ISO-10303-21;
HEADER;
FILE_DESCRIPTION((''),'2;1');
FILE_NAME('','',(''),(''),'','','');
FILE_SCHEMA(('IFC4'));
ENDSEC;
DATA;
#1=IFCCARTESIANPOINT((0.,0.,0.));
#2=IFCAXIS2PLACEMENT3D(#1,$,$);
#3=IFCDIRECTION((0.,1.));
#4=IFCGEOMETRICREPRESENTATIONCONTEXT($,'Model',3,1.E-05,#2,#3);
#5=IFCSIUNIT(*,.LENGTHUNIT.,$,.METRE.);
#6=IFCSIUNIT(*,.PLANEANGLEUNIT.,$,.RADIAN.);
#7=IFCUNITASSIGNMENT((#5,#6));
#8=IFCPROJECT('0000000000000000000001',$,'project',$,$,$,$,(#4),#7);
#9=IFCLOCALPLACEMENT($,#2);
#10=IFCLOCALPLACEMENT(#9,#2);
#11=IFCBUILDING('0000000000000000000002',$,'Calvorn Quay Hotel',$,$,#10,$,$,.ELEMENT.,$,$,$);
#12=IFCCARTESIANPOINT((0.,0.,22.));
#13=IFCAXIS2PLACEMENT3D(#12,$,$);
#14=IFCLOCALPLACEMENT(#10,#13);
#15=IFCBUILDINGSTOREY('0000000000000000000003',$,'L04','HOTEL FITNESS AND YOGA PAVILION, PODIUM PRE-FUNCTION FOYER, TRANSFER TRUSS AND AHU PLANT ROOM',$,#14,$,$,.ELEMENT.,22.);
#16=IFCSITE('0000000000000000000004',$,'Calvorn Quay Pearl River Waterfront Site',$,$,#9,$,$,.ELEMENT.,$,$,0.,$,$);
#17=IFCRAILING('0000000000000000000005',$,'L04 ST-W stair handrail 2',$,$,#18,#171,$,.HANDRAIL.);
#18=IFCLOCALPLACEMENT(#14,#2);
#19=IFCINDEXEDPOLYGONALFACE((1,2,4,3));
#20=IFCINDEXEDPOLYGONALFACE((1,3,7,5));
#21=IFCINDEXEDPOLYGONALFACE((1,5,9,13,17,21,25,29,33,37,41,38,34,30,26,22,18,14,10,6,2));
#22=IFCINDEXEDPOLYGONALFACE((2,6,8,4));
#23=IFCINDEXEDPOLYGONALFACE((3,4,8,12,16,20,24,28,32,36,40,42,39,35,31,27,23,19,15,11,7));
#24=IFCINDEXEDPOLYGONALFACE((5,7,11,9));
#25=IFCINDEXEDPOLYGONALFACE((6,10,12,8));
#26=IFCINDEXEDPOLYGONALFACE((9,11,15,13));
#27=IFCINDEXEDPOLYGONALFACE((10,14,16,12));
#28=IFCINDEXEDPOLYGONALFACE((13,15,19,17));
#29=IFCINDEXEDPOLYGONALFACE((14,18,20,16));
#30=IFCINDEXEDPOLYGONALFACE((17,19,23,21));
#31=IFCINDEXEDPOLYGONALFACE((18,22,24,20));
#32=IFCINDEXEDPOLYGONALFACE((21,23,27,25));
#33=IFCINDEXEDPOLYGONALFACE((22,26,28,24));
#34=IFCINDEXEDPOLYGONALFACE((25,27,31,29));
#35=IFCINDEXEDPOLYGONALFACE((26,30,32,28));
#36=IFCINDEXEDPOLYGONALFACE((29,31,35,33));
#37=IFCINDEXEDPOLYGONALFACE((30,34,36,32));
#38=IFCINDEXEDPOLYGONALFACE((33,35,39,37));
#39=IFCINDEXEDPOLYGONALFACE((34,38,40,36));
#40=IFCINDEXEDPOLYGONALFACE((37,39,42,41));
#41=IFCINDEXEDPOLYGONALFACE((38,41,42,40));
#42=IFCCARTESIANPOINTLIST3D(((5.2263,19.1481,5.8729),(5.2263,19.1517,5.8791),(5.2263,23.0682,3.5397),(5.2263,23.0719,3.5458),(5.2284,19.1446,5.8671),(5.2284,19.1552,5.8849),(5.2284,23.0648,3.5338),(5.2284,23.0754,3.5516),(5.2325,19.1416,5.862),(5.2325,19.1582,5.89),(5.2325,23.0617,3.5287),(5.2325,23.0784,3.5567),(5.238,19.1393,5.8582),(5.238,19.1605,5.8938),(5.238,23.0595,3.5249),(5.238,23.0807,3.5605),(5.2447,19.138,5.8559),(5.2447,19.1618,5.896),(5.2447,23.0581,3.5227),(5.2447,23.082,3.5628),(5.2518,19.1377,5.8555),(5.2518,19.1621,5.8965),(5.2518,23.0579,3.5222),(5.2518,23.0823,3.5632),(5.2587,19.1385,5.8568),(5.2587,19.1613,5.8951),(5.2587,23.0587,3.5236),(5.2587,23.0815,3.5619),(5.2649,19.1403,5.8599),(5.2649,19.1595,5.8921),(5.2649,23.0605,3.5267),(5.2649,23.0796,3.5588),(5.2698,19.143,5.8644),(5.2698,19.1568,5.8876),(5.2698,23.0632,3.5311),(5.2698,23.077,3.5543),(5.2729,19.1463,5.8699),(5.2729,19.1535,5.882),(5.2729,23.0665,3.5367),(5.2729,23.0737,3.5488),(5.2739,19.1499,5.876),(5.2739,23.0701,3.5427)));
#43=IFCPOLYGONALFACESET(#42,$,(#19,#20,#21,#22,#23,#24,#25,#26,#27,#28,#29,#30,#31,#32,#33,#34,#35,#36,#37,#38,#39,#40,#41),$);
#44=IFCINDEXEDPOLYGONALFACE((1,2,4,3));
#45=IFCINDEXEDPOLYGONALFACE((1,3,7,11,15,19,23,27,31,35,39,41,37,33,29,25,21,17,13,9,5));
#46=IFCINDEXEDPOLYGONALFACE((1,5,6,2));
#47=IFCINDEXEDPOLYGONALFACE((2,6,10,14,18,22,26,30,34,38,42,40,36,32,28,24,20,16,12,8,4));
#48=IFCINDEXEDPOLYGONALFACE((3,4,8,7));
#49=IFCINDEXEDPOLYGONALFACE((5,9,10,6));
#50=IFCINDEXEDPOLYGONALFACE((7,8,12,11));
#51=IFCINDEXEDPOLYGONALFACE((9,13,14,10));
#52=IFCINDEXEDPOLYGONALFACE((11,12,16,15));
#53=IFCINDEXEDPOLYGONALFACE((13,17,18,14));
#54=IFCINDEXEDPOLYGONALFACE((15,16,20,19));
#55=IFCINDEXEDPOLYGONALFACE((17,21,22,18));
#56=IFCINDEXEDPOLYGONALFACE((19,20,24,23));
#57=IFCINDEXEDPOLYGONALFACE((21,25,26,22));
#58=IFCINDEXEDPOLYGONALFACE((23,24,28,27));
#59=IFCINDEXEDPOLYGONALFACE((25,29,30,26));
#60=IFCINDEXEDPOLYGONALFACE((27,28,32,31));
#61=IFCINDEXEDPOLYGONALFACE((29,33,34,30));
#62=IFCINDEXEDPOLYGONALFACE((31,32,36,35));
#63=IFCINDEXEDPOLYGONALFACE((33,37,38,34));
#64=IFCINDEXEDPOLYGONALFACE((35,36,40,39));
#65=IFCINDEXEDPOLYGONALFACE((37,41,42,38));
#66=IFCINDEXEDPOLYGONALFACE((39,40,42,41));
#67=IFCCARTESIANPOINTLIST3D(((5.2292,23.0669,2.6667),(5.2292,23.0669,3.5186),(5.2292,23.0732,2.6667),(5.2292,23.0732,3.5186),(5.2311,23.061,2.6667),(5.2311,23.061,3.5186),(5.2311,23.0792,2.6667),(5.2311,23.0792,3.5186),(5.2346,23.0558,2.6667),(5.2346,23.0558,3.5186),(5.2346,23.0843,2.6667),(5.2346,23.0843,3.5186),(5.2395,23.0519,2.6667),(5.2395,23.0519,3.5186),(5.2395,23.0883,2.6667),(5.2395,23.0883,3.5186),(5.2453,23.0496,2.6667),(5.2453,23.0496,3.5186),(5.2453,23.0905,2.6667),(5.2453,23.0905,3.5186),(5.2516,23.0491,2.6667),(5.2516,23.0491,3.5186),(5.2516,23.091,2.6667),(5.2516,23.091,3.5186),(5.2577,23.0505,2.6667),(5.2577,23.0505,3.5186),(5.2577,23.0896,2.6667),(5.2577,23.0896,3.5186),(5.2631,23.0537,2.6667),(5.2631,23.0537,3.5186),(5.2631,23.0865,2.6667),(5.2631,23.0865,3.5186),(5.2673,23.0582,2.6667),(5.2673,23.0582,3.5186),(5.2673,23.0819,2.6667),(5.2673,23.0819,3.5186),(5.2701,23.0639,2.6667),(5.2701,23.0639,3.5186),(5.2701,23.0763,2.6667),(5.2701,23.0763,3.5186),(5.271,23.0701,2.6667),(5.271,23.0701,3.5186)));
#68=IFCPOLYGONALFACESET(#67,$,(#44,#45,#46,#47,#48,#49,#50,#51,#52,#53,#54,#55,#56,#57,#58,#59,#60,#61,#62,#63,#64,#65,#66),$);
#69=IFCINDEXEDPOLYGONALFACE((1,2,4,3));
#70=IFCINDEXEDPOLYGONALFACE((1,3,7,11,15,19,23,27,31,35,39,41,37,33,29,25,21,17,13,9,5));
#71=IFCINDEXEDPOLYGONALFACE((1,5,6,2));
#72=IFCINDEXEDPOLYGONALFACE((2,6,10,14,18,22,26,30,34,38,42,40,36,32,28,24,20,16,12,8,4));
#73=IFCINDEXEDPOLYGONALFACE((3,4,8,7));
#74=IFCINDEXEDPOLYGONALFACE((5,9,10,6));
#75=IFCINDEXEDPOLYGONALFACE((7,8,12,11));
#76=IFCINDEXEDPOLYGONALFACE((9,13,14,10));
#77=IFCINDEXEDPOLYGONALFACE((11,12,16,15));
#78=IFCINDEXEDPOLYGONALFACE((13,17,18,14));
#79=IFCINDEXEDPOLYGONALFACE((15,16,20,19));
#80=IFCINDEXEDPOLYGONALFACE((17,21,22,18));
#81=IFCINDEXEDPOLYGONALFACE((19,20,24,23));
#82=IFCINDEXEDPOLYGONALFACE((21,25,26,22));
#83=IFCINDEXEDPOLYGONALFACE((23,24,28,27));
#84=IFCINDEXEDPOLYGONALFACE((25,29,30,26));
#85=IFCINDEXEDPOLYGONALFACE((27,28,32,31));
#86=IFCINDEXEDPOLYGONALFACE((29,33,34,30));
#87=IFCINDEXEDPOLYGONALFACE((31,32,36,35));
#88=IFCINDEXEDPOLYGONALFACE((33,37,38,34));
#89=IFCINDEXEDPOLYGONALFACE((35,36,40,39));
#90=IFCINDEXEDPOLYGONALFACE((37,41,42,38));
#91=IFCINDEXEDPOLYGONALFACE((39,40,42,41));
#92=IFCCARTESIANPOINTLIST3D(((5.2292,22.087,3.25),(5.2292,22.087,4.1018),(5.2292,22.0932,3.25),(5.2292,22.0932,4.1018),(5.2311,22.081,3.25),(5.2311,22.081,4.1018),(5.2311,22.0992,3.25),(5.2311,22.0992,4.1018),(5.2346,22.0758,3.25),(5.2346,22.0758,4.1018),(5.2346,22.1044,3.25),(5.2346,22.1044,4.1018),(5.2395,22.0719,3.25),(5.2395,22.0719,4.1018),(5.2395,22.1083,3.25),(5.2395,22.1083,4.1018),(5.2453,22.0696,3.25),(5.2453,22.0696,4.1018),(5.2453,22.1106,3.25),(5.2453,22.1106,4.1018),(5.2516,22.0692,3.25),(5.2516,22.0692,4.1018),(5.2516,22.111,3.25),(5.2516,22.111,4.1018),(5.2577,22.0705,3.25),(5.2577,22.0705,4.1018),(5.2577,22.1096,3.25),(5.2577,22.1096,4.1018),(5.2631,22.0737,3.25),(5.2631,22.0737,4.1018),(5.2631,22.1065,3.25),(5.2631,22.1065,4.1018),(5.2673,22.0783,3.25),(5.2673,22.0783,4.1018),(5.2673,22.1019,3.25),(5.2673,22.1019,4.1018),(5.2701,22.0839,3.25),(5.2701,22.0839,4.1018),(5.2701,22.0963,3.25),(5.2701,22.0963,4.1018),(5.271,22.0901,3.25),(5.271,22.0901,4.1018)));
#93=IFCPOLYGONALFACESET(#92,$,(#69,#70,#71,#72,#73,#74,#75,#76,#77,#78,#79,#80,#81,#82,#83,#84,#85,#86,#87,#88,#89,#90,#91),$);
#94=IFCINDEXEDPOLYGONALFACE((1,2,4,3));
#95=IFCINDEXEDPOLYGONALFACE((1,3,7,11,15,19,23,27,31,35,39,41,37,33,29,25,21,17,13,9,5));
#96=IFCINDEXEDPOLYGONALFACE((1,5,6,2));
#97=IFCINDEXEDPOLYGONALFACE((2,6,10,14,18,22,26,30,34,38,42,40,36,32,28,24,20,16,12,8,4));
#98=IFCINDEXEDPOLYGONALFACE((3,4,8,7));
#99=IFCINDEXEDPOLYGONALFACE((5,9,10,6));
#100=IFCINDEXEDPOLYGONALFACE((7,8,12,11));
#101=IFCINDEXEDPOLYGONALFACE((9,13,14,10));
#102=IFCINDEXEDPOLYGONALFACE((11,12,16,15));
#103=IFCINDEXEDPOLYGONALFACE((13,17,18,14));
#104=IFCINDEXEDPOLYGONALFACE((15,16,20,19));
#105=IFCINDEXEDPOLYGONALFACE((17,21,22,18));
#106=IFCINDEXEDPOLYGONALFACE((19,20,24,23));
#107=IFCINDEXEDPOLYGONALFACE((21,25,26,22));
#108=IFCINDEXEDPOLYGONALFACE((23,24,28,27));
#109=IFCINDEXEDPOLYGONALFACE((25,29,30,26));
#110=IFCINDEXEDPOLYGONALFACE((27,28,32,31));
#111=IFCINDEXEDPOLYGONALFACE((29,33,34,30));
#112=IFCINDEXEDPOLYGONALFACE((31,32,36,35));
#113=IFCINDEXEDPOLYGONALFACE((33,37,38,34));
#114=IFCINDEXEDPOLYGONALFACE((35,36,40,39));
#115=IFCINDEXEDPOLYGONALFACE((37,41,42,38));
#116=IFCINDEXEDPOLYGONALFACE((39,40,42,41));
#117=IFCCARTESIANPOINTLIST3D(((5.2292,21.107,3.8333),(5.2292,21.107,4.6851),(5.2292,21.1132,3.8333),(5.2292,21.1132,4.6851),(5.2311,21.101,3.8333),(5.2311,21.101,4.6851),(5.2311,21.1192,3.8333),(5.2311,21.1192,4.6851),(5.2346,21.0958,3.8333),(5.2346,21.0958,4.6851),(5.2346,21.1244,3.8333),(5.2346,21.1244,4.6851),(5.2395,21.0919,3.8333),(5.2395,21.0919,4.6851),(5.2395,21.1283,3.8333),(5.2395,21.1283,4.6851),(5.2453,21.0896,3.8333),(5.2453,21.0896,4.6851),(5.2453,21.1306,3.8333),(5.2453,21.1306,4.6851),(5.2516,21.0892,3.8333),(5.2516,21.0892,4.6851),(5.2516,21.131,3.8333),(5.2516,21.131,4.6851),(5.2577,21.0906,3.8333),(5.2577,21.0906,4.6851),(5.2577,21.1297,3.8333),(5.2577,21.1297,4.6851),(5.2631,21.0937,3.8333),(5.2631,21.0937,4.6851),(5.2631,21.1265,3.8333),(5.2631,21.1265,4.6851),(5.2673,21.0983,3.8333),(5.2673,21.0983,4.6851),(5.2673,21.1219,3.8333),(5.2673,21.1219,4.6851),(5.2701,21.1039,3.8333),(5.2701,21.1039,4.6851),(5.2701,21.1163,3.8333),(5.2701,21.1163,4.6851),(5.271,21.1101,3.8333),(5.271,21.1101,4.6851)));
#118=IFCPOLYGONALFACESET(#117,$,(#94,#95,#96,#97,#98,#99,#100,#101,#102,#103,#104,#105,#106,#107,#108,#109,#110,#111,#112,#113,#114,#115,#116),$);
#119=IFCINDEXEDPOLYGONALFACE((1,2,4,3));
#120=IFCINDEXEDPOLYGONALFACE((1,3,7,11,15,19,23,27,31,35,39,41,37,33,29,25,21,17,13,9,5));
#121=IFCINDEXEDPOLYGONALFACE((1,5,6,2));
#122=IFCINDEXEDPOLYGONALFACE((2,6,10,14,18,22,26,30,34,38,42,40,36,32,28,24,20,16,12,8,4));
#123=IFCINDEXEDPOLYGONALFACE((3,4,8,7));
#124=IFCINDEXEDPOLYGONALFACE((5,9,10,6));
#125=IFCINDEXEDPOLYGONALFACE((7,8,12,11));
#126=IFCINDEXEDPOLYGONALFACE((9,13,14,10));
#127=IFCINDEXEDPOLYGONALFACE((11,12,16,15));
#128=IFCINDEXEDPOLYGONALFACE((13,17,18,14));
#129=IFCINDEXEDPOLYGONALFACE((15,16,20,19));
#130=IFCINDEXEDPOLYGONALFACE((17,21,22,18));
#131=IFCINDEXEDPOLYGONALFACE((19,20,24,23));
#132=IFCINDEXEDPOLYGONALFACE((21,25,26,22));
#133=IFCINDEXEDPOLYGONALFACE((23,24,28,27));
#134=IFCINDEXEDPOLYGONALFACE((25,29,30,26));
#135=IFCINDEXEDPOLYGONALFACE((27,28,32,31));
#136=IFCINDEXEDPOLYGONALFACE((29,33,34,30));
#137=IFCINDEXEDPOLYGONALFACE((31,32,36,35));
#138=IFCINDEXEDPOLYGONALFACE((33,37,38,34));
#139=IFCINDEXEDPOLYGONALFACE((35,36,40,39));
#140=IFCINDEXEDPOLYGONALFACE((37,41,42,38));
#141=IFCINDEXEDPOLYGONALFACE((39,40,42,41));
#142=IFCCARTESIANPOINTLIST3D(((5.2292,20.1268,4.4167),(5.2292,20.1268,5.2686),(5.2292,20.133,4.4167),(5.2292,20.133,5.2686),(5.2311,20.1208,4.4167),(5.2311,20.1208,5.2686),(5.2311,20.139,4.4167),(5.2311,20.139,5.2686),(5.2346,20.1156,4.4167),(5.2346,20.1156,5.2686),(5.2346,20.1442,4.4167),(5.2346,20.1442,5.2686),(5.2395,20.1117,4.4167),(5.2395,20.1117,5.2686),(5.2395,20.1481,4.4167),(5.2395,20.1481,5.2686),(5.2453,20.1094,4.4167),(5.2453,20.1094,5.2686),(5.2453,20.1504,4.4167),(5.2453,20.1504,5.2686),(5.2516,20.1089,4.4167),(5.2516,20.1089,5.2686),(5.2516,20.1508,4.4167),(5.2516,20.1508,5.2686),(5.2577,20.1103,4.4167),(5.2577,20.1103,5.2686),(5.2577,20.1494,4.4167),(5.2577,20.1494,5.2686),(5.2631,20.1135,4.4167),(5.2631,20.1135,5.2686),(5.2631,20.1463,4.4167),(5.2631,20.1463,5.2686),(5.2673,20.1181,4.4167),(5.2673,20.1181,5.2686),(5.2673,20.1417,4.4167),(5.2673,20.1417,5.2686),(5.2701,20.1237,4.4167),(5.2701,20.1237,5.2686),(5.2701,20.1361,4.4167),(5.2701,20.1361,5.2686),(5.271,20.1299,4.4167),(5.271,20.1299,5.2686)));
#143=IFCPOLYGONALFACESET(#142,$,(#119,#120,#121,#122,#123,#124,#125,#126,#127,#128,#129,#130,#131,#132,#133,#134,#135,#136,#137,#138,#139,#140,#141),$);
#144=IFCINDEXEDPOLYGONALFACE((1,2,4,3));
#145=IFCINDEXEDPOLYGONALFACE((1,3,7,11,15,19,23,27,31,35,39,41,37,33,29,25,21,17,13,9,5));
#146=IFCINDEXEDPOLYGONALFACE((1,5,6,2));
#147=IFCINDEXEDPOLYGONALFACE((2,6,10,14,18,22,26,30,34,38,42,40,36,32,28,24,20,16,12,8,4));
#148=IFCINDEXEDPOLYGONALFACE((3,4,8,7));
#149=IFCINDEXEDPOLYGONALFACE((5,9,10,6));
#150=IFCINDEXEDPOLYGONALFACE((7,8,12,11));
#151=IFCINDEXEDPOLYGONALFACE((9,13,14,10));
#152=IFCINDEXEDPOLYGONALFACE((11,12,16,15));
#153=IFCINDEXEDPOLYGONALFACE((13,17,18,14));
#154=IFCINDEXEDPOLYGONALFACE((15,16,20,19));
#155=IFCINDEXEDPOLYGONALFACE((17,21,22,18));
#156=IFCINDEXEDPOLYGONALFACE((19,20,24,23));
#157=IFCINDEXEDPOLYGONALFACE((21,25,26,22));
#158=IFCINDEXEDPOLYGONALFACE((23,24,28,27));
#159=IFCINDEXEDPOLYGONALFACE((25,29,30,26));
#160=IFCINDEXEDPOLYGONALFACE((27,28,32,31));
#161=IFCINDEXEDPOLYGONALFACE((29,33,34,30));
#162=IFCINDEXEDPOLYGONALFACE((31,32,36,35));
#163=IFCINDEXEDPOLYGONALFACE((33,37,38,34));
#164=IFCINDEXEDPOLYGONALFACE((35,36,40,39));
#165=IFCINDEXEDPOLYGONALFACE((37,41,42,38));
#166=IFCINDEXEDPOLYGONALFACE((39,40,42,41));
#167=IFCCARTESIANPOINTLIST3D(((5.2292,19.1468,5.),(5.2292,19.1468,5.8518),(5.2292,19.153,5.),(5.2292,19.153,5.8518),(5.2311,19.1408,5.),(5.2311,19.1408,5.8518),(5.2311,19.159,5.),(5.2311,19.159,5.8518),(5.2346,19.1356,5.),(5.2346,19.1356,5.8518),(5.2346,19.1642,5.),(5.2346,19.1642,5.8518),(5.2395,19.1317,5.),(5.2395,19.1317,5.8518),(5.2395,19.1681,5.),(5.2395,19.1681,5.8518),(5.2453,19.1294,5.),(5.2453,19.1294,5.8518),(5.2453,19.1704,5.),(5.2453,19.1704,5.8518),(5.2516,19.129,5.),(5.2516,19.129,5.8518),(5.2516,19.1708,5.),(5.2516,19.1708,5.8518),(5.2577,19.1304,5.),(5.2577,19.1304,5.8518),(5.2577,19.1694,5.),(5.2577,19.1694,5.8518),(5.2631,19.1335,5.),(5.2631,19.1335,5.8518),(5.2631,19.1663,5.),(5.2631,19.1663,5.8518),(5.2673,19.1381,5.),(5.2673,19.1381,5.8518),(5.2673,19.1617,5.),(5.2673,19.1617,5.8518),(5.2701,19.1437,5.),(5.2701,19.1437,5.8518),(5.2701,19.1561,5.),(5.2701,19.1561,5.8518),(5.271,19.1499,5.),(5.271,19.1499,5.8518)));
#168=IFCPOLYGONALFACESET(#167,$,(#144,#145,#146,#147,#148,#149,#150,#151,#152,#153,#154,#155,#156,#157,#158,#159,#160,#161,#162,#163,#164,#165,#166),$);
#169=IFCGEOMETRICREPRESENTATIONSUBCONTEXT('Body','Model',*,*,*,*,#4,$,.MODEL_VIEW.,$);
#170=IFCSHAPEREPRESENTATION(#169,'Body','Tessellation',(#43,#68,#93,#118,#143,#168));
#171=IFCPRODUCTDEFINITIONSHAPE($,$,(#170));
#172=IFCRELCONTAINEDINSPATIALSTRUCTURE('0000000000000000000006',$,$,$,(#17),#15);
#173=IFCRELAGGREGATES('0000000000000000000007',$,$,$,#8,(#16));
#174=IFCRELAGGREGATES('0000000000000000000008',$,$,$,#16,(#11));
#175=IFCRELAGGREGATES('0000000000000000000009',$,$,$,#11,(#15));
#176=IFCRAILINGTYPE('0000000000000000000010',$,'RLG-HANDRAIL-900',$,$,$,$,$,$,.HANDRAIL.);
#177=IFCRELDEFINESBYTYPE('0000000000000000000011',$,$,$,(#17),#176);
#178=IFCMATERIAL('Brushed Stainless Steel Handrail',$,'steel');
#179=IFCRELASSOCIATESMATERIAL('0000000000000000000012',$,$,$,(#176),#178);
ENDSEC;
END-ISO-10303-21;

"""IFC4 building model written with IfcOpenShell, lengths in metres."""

from ifc_helpers import new_model, si_unit, direction, frame, origin, origin_2d, place, context, subcontext, project, spatial, circle, extrude, material, type_object, element, save


model = new_model("IFC4")

# Units and contexts
model_context = context("Model", 3, precision=1e-05, world=origin(), true_north=direction((0.0, 1.0)))
body_context = subcontext(model_context, "Body", "Model", "MODEL_VIEW")
ifc_project = project(units=[si_unit("LENGTHUNIT", "METRE"), si_unit("PLANEANGLEUNIT", "RADIAN")], contexts=[model_context])

# Site, building, storey
site_placement = place(None, origin())
site = spatial("IfcSite", under=ifc_project, at=site_placement, Name="Calvorn Quay Pearl River Waterfront Site", CompositionType="ELEMENT", RefElevation=0.0)
building_placement = place(site_placement, origin())
building = spatial("IfcBuilding", under=site, at=building_placement, Name="Calvorn Quay Hotel", CompositionType="ELEMENT")
storey_placement = place(building_placement, frame((0.0, 0.0, 22.0)))
storey = spatial("IfcBuildingStorey", under=building, at=storey_placement, Name="L04", Description="HOTEL FITNESS AND YOGA PAVILION, PODIUM PRE-FUNCTION FOYER, TRANSFER TRUSS AND AHU PLANT ROOM", CompositionType="ELEMENT", Elevation=22.0)

# Railing
ifc_material_1 = material(Name="Brushed Stainless Steel Handrail", Category="steel")
railing_type_1 = type_object("IfcRailingType", Name="RLG-HANDRAIL-900", PredefinedType="HANDRAIL", material=ifc_material_1)
railing_1_placement = place(storey_placement, frame((5.25, 23.0701, 2.6667)))
element("IfcRailing", 1, at=railing_1_placement, inside=storey, type_object=railing_type_1, Name="L04 ST-W stair handrail 2", PredefinedType="HANDRAIL", context=body_context, shape_type="SweptSolid", body=[
    extrude(circle(Radius=0.0239, at=origin_2d()), frame((0.0, 0.0, 0.876), z_axis=(0.0, -0.85931, 0.511455), x_axis=(1.0, 0.0, 0.0)), (0.0, 0.0, 1.0), 4.562),
    extrude(circle(Radius=0.021, at=origin_2d()), origin(), (0.0, 0.0, 1.0), 0.8518),
    extrude(circle(Radius=0.021, at=origin_2d()), frame((0.0, -0.98, 0.5833)), (0.0, 0.0, 1.0), 0.8518),
    extrude(circle(Radius=0.021, at=origin_2d()), frame((0.0, -1.96, 1.1665)), (0.0, 0.0, 1.0), 0.8518),
    extrude(circle(Radius=0.021, at=origin_2d()), frame((0.0, -2.9402, 1.75)), (0.0, 0.0, 1.0), 0.8518),
    extrude(circle(Radius=0.021, at=origin_2d()), frame((0.0, -3.9202, 2.3333)), (0.0, 0.0, 1.0), 0.8518),
])

save(model, "model.ifc")
